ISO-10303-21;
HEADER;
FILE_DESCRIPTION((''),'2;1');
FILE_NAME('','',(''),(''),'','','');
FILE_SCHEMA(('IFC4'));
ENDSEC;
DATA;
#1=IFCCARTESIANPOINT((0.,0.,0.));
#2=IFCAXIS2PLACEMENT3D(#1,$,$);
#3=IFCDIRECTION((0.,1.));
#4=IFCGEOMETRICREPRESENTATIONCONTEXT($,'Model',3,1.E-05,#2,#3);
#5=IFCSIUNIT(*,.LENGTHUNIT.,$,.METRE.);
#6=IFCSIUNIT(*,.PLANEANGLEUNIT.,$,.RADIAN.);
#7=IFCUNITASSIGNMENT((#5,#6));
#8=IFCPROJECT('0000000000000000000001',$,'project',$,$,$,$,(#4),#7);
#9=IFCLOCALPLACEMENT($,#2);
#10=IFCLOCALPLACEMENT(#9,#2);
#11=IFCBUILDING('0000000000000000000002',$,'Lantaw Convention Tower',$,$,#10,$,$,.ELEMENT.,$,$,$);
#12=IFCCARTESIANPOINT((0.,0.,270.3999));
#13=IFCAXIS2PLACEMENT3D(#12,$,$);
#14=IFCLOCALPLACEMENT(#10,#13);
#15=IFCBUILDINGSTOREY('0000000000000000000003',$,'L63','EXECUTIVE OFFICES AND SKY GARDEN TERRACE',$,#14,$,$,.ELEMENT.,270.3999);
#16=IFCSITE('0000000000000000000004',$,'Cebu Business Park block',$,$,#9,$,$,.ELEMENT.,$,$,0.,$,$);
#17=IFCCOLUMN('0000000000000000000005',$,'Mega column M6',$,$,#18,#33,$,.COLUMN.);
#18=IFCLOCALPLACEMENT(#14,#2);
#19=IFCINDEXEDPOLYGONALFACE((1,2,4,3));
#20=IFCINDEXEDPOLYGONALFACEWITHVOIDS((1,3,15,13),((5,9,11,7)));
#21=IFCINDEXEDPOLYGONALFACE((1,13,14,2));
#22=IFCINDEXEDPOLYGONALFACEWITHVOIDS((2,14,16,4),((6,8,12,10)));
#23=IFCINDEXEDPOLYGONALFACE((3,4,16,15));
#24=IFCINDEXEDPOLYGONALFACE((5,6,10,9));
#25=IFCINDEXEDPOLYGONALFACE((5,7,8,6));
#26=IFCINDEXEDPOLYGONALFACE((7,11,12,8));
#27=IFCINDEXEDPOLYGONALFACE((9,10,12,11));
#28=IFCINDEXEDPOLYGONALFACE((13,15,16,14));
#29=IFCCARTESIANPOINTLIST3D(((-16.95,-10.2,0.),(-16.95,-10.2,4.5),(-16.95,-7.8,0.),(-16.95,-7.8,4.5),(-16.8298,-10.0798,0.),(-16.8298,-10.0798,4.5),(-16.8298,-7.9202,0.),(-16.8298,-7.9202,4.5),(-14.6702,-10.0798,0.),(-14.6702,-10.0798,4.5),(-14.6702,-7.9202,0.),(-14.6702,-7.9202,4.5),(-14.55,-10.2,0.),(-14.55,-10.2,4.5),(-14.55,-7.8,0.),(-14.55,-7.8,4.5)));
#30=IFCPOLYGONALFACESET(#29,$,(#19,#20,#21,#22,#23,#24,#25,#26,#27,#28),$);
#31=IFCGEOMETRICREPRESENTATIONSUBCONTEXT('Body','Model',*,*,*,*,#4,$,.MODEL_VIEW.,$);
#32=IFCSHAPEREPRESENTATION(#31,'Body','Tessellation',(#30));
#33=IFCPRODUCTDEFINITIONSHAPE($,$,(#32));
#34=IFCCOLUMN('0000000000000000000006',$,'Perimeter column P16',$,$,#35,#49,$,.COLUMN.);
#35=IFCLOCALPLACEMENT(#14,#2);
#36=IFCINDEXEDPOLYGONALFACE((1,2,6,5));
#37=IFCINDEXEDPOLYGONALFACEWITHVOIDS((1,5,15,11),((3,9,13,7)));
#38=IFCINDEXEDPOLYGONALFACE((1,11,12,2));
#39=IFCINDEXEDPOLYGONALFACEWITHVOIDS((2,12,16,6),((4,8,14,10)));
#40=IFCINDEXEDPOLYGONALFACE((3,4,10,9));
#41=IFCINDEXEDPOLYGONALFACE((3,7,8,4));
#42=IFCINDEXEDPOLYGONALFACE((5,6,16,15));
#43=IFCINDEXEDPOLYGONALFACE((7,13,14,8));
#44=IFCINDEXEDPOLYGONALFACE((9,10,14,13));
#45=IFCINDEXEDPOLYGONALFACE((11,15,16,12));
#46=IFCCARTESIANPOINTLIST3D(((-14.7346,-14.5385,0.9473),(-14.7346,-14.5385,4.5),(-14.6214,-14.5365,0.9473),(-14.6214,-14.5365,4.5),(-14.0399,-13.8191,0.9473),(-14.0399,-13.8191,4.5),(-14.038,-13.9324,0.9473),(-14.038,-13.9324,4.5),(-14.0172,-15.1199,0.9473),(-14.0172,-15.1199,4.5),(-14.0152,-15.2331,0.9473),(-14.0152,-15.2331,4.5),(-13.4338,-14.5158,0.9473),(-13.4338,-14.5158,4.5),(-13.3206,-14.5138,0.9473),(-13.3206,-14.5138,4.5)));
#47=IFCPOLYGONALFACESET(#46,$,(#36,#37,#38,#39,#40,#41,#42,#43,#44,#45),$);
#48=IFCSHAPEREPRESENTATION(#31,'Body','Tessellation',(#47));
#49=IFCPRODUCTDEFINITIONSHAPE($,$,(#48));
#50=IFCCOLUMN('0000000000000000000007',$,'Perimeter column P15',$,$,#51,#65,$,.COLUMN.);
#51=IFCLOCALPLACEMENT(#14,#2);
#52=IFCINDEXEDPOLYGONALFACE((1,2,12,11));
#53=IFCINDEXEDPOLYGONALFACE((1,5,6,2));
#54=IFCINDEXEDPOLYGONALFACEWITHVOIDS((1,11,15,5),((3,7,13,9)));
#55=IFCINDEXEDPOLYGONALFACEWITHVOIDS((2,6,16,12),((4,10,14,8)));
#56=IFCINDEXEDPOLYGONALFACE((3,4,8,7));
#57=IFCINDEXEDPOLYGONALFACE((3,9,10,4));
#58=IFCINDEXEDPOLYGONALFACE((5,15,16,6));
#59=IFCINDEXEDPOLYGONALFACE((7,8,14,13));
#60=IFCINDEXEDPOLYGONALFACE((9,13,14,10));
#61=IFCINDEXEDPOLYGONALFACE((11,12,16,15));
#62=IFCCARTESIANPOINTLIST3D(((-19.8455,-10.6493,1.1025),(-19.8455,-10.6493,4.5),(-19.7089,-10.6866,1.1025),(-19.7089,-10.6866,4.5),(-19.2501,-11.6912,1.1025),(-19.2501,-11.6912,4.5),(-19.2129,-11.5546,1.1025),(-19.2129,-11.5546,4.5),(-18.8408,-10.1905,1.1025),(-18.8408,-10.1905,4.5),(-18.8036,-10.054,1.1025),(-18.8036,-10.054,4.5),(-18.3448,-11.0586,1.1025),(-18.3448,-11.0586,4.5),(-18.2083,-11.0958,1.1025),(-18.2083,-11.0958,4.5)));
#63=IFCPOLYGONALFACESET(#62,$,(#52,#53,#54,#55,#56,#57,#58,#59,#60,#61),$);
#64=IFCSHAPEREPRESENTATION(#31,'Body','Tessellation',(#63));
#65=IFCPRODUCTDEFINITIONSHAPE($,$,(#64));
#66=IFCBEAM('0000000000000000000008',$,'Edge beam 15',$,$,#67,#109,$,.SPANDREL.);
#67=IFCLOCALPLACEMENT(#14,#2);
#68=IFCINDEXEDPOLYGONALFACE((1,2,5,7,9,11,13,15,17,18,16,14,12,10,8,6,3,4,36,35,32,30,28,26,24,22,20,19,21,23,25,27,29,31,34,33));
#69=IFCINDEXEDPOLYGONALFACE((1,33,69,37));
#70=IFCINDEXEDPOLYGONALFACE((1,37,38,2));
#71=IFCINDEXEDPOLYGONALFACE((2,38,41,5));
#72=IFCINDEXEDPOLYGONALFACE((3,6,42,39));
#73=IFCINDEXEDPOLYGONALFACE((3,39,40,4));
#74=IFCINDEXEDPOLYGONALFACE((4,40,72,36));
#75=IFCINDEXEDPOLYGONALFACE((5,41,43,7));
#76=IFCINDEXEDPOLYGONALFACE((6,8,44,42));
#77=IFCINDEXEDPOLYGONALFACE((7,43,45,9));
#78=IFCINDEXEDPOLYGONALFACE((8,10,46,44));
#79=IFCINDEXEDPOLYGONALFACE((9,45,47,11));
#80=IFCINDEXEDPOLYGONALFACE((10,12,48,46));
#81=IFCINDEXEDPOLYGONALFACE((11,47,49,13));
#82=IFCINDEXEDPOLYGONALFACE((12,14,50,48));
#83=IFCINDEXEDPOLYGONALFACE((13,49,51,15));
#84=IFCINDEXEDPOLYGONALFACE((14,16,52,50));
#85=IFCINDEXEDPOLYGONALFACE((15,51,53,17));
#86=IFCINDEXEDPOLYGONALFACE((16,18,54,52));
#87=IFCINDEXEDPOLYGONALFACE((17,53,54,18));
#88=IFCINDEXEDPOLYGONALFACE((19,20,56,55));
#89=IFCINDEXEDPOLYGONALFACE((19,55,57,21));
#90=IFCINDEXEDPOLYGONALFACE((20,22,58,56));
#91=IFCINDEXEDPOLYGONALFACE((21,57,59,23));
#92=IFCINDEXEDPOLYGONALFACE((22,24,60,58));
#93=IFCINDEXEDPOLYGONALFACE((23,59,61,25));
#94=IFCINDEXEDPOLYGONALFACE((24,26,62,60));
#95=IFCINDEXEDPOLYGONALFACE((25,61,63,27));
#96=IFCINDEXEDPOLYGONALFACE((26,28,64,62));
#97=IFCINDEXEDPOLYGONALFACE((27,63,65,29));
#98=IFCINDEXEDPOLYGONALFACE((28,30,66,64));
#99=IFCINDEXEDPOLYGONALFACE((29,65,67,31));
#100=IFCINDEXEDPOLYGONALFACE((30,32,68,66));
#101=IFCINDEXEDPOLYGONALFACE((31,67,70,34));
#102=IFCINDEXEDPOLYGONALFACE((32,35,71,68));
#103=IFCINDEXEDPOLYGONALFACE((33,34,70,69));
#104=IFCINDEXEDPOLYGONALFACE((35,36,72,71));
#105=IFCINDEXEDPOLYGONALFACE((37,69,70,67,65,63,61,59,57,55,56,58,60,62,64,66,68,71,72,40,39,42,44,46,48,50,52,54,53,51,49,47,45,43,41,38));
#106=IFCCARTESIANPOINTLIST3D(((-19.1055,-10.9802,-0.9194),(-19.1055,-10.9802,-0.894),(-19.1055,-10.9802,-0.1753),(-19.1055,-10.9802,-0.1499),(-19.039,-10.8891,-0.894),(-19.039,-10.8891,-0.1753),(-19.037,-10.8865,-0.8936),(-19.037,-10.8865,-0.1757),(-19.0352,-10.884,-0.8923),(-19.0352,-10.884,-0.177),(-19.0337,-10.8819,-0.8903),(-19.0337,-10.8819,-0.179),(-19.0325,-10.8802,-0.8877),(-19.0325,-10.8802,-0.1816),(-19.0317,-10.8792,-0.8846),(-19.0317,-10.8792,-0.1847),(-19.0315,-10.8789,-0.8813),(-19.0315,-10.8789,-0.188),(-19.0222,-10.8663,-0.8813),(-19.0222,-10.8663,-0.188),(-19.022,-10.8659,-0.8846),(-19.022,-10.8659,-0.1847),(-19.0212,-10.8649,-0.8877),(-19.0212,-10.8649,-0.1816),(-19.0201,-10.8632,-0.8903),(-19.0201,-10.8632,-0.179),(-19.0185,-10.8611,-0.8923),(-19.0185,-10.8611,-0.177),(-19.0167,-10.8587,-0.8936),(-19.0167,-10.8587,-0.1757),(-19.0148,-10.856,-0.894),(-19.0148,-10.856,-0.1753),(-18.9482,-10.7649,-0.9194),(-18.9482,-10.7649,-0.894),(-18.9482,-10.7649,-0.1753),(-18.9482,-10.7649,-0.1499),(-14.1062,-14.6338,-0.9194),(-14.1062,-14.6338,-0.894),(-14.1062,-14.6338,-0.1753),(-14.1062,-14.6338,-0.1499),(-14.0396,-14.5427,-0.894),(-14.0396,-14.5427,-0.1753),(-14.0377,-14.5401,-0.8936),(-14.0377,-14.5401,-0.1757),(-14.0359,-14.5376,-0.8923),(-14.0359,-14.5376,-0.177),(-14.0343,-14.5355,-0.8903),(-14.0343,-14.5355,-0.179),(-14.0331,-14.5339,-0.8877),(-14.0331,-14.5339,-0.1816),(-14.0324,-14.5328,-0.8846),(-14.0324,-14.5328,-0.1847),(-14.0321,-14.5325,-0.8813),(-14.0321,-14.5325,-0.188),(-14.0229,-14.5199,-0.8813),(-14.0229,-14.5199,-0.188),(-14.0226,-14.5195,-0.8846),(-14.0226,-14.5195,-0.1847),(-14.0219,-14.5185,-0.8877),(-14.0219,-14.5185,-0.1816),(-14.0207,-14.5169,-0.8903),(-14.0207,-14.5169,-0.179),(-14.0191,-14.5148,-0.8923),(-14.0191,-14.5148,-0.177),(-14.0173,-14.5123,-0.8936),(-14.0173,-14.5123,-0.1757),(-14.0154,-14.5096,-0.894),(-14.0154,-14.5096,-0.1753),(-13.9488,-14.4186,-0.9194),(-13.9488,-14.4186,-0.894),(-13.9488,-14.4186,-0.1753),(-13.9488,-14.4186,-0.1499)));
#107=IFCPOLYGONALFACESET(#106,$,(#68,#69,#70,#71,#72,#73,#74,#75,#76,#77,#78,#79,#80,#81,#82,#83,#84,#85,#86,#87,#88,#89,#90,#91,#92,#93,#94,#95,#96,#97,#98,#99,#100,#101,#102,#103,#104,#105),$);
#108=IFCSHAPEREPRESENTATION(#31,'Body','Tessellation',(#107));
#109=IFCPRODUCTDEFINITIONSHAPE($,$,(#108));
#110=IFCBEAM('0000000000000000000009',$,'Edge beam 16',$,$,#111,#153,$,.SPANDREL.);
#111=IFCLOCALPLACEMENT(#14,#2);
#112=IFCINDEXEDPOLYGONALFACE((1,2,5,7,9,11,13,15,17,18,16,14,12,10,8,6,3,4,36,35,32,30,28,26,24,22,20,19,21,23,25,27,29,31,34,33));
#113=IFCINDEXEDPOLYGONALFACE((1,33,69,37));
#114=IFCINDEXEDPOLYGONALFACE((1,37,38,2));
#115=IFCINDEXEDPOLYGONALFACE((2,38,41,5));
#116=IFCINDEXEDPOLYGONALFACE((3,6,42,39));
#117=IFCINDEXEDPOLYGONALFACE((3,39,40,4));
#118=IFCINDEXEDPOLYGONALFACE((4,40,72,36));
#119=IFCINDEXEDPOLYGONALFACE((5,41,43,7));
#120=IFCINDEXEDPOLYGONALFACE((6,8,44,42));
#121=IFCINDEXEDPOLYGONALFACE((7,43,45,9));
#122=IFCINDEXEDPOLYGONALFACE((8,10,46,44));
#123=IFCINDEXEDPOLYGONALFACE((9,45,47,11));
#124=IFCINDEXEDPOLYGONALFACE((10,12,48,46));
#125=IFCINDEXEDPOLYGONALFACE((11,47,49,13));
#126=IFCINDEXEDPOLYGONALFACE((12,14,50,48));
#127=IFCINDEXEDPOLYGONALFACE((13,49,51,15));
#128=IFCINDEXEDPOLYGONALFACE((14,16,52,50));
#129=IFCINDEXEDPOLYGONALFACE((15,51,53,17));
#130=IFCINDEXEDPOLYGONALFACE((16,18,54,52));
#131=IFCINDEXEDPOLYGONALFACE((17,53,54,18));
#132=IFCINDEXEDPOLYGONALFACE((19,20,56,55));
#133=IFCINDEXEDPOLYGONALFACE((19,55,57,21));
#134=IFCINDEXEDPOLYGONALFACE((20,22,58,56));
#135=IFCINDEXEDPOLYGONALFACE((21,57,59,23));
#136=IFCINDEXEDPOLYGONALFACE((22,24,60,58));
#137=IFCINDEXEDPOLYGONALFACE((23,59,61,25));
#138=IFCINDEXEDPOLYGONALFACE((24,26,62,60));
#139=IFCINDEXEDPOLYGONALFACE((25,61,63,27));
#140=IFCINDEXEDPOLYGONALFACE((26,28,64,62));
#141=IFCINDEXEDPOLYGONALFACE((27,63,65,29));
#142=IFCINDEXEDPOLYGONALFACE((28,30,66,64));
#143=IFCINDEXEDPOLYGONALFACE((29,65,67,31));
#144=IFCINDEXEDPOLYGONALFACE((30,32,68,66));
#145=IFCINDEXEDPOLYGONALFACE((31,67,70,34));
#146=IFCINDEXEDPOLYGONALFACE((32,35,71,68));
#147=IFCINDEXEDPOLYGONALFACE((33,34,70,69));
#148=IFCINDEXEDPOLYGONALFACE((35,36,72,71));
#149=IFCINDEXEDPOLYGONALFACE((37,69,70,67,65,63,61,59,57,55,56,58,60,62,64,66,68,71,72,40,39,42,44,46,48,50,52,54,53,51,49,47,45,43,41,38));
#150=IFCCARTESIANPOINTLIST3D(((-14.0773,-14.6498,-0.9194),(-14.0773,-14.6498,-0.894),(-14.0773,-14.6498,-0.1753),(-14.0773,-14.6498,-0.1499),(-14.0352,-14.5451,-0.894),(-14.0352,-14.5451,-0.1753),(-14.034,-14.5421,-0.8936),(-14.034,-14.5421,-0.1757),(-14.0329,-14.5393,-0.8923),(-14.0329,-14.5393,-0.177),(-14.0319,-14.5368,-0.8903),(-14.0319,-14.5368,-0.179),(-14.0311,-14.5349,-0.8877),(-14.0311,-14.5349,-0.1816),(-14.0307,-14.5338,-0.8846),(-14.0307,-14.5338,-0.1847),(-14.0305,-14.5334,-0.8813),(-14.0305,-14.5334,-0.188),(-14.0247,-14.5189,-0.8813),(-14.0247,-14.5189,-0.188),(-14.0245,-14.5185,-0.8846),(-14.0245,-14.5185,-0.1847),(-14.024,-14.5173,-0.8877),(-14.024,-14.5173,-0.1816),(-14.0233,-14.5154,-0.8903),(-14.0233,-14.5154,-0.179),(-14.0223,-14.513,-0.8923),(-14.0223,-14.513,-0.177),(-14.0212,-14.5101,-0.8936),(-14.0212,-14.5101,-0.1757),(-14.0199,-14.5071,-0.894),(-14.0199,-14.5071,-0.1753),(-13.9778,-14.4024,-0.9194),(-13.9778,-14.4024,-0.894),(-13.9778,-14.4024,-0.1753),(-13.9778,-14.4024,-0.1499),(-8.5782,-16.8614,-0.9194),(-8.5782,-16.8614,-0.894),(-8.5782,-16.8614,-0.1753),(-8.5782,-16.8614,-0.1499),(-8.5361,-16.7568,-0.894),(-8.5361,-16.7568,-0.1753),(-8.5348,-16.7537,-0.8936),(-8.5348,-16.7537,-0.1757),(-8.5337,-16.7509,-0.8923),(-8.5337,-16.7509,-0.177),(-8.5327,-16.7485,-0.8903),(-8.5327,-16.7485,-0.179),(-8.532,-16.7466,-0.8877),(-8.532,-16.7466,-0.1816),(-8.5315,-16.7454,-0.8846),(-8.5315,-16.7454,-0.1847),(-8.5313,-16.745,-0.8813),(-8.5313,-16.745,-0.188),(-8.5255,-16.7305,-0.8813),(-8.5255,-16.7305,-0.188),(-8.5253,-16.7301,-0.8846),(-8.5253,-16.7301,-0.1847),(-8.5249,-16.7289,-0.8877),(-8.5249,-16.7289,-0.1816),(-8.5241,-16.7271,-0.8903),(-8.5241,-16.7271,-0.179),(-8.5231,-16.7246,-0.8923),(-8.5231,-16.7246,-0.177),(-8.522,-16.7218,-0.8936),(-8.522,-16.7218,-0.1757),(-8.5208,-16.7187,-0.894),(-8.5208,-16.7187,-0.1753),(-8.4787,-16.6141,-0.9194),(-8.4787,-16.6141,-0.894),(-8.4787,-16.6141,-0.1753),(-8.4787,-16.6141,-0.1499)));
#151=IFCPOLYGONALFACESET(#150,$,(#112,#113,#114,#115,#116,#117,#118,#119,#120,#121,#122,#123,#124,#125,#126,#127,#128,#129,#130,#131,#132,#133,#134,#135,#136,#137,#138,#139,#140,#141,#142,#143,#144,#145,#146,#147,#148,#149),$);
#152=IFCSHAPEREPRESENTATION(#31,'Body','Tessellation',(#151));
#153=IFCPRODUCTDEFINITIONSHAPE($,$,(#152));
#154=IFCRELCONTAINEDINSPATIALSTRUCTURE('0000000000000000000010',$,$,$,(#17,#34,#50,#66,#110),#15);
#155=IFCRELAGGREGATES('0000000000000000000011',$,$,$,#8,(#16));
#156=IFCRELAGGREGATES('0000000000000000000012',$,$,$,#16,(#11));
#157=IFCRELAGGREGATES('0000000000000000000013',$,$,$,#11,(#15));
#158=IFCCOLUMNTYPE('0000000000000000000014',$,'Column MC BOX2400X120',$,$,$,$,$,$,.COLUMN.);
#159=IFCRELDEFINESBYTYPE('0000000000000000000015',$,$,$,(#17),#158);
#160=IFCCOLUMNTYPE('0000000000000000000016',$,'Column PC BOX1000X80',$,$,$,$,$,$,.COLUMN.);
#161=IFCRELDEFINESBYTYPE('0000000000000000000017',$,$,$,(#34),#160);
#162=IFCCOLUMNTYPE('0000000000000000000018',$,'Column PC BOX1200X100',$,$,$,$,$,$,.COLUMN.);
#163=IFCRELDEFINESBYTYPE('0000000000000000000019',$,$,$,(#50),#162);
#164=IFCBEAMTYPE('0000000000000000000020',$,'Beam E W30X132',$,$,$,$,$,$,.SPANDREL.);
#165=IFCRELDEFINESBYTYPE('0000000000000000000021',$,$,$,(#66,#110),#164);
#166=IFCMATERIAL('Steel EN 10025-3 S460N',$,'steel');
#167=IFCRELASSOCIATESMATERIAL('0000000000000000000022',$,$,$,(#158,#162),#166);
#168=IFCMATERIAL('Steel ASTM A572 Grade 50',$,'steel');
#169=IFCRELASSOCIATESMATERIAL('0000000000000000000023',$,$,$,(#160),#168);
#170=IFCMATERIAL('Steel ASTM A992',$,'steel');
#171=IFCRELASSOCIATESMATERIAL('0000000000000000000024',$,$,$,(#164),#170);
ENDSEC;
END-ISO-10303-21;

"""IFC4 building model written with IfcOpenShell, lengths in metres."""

from ifc_helpers import new_model, si_unit, direction, frame, origin, origin_2d, place, context, subcontext, project, spatial, rectangle, hollow_rectangle, i_section, extrude, material, material_profile, profile_set, type_object, element, save


model = new_model("IFC4")

# Units and contexts
model_context = context("Model", 3, precision=1e-05, world=origin(), true_north=direction((0.0, 1.0)))
body_context = subcontext(model_context, "Body", "Model", "MODEL_VIEW")
ifc_project = project(units=[si_unit("LENGTHUNIT", "METRE"), si_unit("PLANEANGLEUNIT", "RADIAN")], contexts=[model_context])

# Site, building, storey
site_placement = place(None, origin())
site = spatial("IfcSite", under=ifc_project, at=site_placement, Name="Cebu Business Park block", CompositionType="ELEMENT", RefElevation=0.0)
building_placement = place(site_placement, origin())
building = spatial("IfcBuilding", under=site, at=building_placement, Name="Lantaw Convention Tower", CompositionType="ELEMENT")
storey_placement = place(building_placement, frame((0.0, 0.0, 270.3999)))
storey = spatial("IfcBuildingStorey", under=building, at=storey_placement, Name="L63", Description="EXECUTIVE OFFICES AND SKY GARDEN TERRACE", CompositionType="ELEMENT", Elevation=270.3999)

# Columns
ifc_material_1 = material(Name="Steel EN 10025-3 S460N", Category="steel")
ifc_material_profile_1 = material_profile(ifc_material_1, hollow_rectangle(XDim=2.3999, YDim=2.3999, WallThickness=0.1201, at=origin_2d()), Name="BOX2400X120")
ifc_material_2 = material(Name="Concrete C60/75", Category="concrete")
ifc_material_profile_2 = material_profile(ifc_material_2, rectangle(XDim=2.1599, YDim=2.1599, at=origin_2d()), Name="Concrete fill of BOX2400X120")
ifc_profile_set_1 = profile_set([ifc_material_profile_1, ifc_material_profile_2], Name="Steel EN 10025-3 S460N")
column_type_1 = type_object("IfcColumnType", Name="Column MC BOX2400X120", PredefinedType="COLUMN", material=ifc_profile_set_1)
column_1_placement = place(storey_placement, frame((-15.75, -9.0, 0.0), z_axis=(0.0, 0.0, 1.0), x_axis=(1.0, 0.0, 0.0)))
element("IfcColumn", 1, at=column_1_placement, inside=storey, type_object=column_type_1, Name="Mega column M6", PredefinedType="COLUMN", context=body_context, shape_type="SweptSolid", body=[
    extrude(hollow_rectangle(XDim=2.3999, YDim=2.3999, WallThickness=0.1201, at=origin_2d()), origin(), (0.0, 0.0, 1.0), 4.5),
])
ifc_material_3 = material(Name="Steel ASTM A572 Grade 50", Category="steel")
ifc_material_profile_3 = material_profile(ifc_material_3, hollow_rectangle(XDim=1.0, YDim=1.0, WallThickness=0.0801, at=origin_2d()), Name="BOX1000X80")
ifc_material_profile_4 = material_profile(ifc_material_2, rectangle(XDim=0.8401, YDim=0.8401, at=origin_2d()), Name="Concrete fill of BOX1000X80")
ifc_profile_set_2 = profile_set([ifc_material_profile_3, ifc_material_profile_4], Name="Steel ASTM A572 Grade 50")
column_type_2 = type_object("IfcColumnType", Name="Column PC BOX1000X80", PredefinedType="COLUMN", material=ifc_profile_set_2)
column_2_placement = place(storey_placement, frame((-14.0276, -14.5261, 0.9473), z_axis=(0.0, 0.0, 1.0), x_axis=(0.694658, 0.71934, 0.0)))
element("IfcColumn", 2, at=column_2_placement, inside=storey, type_object=column_type_2, Name="Perimeter column P16", PredefinedType="COLUMN", context=body_context, shape_type="SweptSolid", body=[
    extrude(hollow_rectangle(XDim=1.0, YDim=1.0, WallThickness=0.0801, at=origin_2d()), origin(), (0.0, 0.0, 1.0), 3.5527),
])
ifc_material_profile_5 = material_profile(ifc_material_1, hollow_rectangle(XDim=1.2, YDim=1.2, WallThickness=0.1001, at=origin_2d()), Name="BOX1200X100")
ifc_material_profile_6 = material_profile(ifc_material_2, rectangle(XDim=1.0, YDim=1.0, at=origin_2d()), Name="Concrete fill of BOX1200X100")
ifc_profile_set_3 = profile_set([ifc_material_profile_5, ifc_material_profile_6], Name="Steel EN 10025-3 S460N")
column_type_3 = type_object("IfcColumnType", Name="Column PC BOX1200X100", PredefinedType="COLUMN", material=ifc_profile_set_3)
column_3_placement = place(storey_placement, frame((-19.0269, -10.8726, 1.1025), z_axis=(0.0, 0.0, 1.0), x_axis=(0.868243, 0.496139, 0.0)))
element("IfcColumn", 3, at=column_3_placement, inside=storey, type_object=column_type_3, Name="Perimeter column P15", PredefinedType="COLUMN", context=body_context, shape_type="SweptSolid", body=[
    extrude(hollow_rectangle(XDim=1.2, YDim=1.2, WallThickness=0.1001, at=origin_2d()), origin(), (0.0, 0.0, 1.0), 3.3975),
])

# Beams
ifc_material_4 = material(Name="Steel ASTM A992", Category="steel")
ifc_material_profile_7 = material_profile(ifc_material_4, i_section(OverallWidth=0.2666, OverallDepth=0.7695, WebThickness=0.0156, FlangeThickness=0.0254, FilletRadius=0.0127, at=origin_2d()), Name="W30X132")
ifc_profile_set_4 = profile_set([ifc_material_profile_7], Name="Steel ASTM A992")
beam_type_1 = type_object("IfcBeamType", Name="Beam E W30X132", PredefinedType="SPANDREL", material=ifc_profile_set_4)
beam_1_placement = place(storey_placement, frame((-19.0269, -10.8726, -0.5347), z_axis=(0.807372, -0.590043, 0.0), x_axis=(0.590043, 0.807372, 0.0)))
element("IfcBeam", 4, at=beam_1_placement, inside=storey, type_object=beam_type_1, Name="Edge beam 15", PredefinedType="SPANDREL", context=body_context, shape_type="SweptSolid", body=[
    extrude(i_section(OverallWidth=0.2666, OverallDepth=0.7695, WebThickness=0.0156, FlangeThickness=0.0254, FilletRadius=0.0127, at=origin_2d()), origin(), (0.0, 0.0, 1.0), 6.1921),
])
beam_2_placement = place(storey_placement, frame((-14.0276, -14.5261, -0.5347), z_axis=(0.927779, -0.37313, 0.0), x_axis=(0.37313, 0.927779, 0.0)))
element("IfcBeam", 5, at=beam_2_placement, inside=storey, type_object=beam_type_1, Name="Edge beam 16", PredefinedType="SPANDREL", context=body_context, shape_type="SweptSolid", body=[
    extrude(i_section(OverallWidth=0.2666, OverallDepth=0.7695, WebThickness=0.0156, FlangeThickness=0.0254, FilletRadius=0.0127, at=origin_2d()), origin(), (0.0, 0.0, 1.0), 5.9272),
])

save(model, "model.ifc")
